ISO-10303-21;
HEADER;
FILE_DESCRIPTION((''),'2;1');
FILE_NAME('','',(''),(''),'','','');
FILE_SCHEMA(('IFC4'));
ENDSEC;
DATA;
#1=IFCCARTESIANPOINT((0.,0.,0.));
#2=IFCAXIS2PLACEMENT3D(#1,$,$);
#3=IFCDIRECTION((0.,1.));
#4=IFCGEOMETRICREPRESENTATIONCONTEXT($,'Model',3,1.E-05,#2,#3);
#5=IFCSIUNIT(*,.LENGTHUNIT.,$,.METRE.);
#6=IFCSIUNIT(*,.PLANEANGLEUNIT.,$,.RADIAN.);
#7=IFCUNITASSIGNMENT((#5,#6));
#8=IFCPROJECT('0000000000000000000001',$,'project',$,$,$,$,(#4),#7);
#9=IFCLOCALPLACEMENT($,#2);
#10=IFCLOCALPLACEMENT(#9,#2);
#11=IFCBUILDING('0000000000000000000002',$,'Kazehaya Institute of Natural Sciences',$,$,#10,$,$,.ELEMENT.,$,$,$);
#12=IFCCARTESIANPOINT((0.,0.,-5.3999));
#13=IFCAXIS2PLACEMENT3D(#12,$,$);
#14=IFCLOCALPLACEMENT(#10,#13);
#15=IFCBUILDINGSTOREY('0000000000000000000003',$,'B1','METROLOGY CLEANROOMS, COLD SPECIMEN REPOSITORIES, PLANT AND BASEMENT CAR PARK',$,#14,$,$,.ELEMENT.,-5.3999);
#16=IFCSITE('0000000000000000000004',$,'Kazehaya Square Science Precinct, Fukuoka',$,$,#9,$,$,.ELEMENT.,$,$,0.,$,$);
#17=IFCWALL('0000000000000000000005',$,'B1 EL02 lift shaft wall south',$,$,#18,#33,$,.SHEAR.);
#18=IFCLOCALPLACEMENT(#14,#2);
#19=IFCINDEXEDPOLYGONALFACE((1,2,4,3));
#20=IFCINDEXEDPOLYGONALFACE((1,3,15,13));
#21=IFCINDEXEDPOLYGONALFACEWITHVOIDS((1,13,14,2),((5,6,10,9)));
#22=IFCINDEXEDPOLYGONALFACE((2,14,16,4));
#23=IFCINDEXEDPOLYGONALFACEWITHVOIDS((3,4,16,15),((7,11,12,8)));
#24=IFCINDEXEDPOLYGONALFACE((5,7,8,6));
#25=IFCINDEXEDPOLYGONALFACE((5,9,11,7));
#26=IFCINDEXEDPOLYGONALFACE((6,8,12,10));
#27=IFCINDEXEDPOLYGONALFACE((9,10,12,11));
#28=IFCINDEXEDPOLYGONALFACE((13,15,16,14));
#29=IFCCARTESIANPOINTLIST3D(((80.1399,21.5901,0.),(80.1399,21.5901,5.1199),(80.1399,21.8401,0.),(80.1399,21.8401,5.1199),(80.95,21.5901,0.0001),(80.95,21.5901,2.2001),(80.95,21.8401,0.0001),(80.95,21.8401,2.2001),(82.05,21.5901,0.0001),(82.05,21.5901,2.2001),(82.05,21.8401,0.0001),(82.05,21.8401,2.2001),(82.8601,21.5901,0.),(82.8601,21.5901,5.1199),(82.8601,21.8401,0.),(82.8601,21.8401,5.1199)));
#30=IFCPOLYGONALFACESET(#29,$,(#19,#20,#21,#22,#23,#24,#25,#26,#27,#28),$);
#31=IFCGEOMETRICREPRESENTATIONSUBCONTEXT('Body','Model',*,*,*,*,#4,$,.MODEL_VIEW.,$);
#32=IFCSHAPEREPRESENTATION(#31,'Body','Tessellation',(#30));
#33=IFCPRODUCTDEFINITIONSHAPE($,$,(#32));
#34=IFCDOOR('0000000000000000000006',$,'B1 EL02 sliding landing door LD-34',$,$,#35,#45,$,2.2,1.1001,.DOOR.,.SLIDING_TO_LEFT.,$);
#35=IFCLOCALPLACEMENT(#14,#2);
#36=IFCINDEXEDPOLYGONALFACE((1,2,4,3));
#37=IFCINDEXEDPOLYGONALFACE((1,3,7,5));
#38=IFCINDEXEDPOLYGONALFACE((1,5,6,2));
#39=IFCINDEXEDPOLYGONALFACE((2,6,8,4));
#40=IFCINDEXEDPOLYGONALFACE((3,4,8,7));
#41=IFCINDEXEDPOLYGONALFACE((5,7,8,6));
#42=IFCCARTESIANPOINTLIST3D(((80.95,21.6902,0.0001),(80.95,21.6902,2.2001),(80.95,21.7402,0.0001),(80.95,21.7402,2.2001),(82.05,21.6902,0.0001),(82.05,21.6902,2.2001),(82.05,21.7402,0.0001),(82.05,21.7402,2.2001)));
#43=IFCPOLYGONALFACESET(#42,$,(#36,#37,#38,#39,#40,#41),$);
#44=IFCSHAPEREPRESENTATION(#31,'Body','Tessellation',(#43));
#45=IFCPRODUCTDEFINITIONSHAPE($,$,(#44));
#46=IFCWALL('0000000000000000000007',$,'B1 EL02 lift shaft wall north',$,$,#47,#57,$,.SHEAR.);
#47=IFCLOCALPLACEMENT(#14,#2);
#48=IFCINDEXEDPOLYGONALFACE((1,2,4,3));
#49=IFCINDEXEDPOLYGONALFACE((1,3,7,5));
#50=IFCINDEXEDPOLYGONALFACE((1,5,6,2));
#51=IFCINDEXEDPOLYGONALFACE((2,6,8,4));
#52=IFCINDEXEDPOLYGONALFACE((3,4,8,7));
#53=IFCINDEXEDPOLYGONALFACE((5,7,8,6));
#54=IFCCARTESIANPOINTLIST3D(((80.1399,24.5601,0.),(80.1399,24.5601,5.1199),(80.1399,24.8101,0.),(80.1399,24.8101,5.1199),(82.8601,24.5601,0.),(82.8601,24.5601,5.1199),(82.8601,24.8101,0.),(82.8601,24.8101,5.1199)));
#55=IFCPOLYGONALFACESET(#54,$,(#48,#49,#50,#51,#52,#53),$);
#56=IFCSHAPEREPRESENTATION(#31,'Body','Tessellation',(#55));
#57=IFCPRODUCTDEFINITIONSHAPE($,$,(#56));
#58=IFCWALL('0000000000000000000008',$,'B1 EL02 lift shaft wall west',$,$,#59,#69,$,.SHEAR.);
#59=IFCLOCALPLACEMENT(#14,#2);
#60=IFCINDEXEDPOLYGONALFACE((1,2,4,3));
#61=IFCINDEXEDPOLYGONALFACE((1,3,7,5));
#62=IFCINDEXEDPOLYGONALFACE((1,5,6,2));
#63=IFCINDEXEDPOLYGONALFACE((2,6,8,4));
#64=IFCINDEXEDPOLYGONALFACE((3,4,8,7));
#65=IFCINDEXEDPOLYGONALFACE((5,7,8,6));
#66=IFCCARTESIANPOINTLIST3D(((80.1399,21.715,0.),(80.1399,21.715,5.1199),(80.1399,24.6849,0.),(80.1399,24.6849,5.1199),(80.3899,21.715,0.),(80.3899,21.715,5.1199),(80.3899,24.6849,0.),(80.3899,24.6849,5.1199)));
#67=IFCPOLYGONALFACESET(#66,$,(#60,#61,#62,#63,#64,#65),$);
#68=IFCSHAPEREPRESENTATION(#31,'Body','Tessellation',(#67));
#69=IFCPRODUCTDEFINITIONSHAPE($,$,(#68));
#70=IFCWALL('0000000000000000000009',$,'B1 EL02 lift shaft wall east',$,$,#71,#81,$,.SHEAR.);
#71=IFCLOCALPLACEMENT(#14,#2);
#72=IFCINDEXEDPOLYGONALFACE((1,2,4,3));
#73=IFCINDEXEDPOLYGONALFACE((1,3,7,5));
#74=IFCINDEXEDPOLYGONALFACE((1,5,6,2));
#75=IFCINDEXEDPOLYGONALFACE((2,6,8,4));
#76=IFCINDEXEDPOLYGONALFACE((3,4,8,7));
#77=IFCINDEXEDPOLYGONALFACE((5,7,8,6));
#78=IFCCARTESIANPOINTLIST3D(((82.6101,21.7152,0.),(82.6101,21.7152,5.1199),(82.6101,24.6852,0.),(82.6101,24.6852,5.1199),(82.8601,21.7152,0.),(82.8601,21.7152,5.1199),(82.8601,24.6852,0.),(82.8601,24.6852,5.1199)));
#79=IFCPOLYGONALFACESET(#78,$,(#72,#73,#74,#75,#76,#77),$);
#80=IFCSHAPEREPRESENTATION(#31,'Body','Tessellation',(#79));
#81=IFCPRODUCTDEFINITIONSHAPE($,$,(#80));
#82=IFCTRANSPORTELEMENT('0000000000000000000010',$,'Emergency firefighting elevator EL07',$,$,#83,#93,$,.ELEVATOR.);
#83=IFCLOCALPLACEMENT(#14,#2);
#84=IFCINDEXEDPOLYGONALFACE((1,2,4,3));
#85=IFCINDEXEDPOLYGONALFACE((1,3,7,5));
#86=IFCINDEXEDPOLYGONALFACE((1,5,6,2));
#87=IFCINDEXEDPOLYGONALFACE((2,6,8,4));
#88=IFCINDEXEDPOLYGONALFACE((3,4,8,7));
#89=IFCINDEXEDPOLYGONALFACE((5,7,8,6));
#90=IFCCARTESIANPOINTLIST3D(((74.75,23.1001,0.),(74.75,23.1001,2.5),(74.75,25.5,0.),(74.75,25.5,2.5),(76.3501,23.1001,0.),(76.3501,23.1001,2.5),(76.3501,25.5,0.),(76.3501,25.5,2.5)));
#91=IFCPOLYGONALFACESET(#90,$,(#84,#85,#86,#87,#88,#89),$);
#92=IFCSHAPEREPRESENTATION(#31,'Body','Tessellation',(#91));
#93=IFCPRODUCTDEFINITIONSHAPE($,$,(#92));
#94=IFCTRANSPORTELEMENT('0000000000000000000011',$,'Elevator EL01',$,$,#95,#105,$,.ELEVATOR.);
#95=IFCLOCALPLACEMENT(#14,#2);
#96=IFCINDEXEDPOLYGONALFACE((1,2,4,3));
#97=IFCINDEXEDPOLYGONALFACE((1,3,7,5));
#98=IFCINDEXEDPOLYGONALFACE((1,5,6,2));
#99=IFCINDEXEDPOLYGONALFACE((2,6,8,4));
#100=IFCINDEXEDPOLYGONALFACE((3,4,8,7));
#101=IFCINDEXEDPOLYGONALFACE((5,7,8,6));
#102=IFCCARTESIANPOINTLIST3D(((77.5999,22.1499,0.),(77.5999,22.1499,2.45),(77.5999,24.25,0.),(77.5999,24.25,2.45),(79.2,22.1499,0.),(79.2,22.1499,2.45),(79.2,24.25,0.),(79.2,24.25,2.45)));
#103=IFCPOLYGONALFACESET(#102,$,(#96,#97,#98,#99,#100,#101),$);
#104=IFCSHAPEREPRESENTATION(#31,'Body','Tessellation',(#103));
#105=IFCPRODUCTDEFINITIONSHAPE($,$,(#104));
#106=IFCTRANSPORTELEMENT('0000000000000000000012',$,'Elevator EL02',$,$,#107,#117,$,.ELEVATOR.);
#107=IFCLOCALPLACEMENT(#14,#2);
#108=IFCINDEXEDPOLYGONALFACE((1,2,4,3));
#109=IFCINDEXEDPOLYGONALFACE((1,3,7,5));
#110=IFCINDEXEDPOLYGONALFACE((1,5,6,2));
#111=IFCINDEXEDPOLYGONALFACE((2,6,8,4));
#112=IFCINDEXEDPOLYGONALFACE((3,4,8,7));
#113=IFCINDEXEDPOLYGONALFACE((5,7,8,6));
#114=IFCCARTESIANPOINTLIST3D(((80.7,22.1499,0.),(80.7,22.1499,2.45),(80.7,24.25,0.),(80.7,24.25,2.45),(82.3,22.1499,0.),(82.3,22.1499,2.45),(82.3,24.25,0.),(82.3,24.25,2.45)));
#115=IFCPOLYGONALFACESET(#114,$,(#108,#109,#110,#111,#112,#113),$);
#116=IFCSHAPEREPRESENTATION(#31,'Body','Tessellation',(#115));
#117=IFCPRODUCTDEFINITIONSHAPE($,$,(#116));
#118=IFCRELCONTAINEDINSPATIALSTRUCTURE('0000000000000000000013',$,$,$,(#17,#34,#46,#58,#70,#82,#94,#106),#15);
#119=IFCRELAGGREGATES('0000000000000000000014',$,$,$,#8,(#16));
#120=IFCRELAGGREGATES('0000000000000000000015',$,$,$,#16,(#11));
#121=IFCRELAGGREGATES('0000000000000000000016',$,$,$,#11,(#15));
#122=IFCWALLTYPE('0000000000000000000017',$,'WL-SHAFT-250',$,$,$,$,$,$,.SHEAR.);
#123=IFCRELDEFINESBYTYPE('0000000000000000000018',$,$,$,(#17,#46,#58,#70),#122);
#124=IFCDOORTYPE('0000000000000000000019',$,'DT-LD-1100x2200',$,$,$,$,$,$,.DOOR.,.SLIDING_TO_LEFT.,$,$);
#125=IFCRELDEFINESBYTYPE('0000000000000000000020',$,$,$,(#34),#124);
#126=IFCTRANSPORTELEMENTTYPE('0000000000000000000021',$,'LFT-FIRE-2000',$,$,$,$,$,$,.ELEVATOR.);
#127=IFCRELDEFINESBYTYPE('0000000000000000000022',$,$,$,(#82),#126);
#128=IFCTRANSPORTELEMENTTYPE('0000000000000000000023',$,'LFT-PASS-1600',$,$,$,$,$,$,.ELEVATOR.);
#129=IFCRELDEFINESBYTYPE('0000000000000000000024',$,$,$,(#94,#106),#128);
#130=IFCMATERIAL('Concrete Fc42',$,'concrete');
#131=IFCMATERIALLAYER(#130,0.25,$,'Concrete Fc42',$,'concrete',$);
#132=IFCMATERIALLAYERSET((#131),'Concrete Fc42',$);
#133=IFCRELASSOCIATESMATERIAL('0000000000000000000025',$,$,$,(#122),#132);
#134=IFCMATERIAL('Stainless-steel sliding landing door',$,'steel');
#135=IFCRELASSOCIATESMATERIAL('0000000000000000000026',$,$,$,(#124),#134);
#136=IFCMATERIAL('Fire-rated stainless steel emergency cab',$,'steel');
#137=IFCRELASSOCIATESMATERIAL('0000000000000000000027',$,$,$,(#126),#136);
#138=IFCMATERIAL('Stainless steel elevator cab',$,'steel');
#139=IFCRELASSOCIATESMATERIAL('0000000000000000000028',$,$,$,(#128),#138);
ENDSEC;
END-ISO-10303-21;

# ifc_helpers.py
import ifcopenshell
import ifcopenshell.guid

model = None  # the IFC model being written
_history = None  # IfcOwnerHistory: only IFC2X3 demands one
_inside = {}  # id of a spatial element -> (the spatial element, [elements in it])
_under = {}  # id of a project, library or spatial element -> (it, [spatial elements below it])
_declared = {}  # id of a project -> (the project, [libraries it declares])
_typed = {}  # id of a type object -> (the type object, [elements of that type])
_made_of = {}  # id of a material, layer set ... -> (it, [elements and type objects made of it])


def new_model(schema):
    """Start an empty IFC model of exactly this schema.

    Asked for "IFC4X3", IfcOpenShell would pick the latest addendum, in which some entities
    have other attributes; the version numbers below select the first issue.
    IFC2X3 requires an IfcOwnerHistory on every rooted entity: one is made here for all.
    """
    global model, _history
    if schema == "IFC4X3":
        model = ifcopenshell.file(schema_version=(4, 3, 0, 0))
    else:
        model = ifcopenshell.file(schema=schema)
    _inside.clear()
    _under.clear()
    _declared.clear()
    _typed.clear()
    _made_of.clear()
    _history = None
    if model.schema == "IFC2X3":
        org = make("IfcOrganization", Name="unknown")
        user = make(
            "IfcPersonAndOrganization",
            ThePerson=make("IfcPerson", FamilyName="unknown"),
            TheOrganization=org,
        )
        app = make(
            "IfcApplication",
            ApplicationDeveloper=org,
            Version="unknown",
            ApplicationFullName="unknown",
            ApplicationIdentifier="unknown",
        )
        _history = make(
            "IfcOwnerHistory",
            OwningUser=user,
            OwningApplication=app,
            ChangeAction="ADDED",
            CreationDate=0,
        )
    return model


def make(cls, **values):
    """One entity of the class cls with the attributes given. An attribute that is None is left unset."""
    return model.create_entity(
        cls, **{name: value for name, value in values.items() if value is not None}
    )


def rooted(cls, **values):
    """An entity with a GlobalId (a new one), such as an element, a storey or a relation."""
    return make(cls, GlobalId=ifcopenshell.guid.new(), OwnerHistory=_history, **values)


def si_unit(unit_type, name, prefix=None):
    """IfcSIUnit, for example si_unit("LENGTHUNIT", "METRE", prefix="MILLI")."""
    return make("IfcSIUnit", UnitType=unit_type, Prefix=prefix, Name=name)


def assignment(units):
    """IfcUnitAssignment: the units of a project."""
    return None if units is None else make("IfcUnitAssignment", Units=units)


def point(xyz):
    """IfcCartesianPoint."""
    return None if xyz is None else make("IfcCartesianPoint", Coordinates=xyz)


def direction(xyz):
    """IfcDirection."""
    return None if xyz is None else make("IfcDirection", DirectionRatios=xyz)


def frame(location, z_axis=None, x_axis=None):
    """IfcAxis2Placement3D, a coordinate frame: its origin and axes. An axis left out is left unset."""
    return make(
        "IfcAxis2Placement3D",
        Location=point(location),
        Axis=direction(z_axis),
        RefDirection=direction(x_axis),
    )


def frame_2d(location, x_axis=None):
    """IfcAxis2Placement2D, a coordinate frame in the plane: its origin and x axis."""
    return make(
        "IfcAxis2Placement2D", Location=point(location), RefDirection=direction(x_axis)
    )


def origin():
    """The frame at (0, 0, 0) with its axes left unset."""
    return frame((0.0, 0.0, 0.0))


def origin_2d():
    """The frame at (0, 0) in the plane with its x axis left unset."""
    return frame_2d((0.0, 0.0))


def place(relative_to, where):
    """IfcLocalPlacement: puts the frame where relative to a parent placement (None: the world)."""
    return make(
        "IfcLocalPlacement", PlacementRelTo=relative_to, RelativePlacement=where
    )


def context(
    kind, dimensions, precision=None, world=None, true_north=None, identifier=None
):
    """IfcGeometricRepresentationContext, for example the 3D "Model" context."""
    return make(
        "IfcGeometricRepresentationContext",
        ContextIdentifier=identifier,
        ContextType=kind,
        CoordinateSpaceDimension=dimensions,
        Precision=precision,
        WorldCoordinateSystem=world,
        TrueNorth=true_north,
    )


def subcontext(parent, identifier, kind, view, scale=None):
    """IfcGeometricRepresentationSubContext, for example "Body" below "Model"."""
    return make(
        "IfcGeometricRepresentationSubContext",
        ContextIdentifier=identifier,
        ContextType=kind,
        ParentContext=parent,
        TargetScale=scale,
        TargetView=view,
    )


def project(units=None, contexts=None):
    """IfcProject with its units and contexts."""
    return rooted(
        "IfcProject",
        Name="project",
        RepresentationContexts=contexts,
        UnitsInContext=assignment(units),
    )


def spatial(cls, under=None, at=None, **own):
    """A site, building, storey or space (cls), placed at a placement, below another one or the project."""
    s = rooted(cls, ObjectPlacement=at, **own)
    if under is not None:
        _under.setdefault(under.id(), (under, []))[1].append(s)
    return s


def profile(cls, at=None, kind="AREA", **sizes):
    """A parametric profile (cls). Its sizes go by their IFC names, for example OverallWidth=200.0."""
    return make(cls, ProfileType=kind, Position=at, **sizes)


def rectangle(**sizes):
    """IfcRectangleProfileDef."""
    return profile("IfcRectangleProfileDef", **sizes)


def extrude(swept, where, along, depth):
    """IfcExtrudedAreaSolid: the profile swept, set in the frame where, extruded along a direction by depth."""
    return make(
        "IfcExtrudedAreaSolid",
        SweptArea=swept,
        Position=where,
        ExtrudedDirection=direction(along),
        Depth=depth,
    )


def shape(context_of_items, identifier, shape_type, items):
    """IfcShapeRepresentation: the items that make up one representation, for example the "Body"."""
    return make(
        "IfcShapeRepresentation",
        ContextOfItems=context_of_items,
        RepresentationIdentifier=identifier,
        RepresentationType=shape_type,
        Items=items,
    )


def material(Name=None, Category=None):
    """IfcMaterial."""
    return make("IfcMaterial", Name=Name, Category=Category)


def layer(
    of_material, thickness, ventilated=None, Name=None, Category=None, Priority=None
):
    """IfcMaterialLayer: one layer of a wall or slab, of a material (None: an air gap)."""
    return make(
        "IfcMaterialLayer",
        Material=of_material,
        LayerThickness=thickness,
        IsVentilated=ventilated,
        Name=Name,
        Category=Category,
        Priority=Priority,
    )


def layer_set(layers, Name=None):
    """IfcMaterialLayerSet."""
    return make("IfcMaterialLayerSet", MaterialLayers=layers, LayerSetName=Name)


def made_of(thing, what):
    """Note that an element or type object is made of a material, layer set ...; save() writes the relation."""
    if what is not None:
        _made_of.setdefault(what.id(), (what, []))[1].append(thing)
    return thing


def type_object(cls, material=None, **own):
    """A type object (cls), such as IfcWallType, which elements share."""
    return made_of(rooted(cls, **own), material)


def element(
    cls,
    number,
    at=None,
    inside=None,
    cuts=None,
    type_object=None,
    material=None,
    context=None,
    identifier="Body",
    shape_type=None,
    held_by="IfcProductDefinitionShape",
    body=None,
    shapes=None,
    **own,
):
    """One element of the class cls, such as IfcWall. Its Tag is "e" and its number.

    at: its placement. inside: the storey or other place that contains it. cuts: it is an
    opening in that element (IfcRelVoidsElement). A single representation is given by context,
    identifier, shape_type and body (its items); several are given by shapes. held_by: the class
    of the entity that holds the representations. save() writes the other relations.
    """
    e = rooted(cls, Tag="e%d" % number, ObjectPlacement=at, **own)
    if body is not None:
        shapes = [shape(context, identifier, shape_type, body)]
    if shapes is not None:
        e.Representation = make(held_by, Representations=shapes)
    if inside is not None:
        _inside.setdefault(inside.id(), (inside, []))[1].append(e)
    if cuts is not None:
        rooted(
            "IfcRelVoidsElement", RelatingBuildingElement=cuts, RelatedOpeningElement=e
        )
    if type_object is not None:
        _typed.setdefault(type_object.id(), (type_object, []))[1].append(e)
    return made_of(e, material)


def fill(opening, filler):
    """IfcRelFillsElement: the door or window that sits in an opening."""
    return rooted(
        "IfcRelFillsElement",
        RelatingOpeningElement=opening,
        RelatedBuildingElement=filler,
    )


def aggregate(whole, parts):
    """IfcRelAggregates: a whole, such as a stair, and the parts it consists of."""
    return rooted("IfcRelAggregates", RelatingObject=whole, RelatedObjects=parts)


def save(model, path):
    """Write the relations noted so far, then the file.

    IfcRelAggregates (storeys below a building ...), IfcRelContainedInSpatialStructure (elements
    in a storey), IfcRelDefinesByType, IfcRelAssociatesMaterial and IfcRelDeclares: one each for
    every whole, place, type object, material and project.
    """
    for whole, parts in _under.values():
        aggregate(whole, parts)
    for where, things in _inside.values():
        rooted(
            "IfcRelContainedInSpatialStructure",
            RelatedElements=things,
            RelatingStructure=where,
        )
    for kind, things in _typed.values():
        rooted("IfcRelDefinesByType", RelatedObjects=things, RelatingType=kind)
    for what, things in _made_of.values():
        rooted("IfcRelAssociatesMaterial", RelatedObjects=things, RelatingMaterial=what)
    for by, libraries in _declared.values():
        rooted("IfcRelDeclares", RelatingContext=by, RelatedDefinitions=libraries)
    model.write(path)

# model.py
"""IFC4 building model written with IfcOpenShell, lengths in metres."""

from ifc_helpers import new_model, si_unit, direction, frame, frame_2d, origin, origin_2d, place, context, subcontext, project, spatial, rectangle, extrude, material, layer, layer_set, type_object, element, fill, save


model = new_model("IFC4")

# Units and contexts
model_context = context("Model", 3, precision=1e-05, world=origin(), true_north=direction((0.0, 1.0)))
body_context = subcontext(model_context, "Body", "Model", "MODEL_VIEW")
ifc_project = project(units=[si_unit("LENGTHUNIT", "METRE"), si_unit("PLANEANGLEUNIT", "RADIAN")], contexts=[model_context])

# Site, building, storey
site_placement = place(None, origin())
site = spatial("IfcSite", under=ifc_project, at=site_placement, Name="Kazehaya Square Science Precinct, Fukuoka", CompositionType="ELEMENT", RefElevation=0.0)
building_placement = place(site_placement, origin())
building = spatial("IfcBuilding", under=site, at=building_placement, Name="Kazehaya Institute of Natural Sciences", CompositionType="ELEMENT")
storey_placement = place(building_placement, frame((0.0, 0.0, -5.3999)))
storey = spatial("IfcBuildingStorey", under=building, at=storey_placement, Name="B1", Description="METROLOGY CLEANROOMS, COLD SPECIMEN REPOSITORIES, PLANT AND BASEMENT CAR PARK", CompositionType="ELEMENT", Elevation=-5.3999)

# Shared definitions
ifc_material_1 = material(Name="Concrete Fc42", Category="concrete")

# Shared definitions
ifc_layer = layer(ifc_material_1, 0.25, Name="Concrete Fc42", Category="concrete")
ifc_layer_set = layer_set([ifc_layer], Name="Concrete Fc42")
wall_type = type_object("IfcWallType", Name="WL-SHAFT-250", PredefinedType="SHEAR", material=ifc_layer_set)

# Shared definitions
ifc_material_2 = material(Name="Stainless-steel sliding landing door", Category="steel")
door_type_1 = type_object("IfcDoorType", Name="DT-LD-1100x2200", OperationType="SLIDING_TO_LEFT", PredefinedType="DOOR", material=ifc_material_2)

# Wall, opening, door
wall_1_placement = place(storey_placement, frame((82.8601, 21.7151, 0.0), z_axis=(0.0, 0.0, 1.0), x_axis=(-1.0, 0.0, 0.0)))
wall_1 = element("IfcWall", 1, at=wall_1_placement, inside=storey, type_object=wall_type, Name="B1 EL02 lift shaft wall south", PredefinedType="SHEAR", context=body_context, shape_type="SweptSolid", body=[
    extrude(rectangle(XDim=2.7202, YDim=0.25, at=frame_2d((1.3601, 0.0))), origin(), (0.0, 0.0, 1.0), 5.1199),
])
opening_1_placement = place(wall_1_placement, frame((0.8101, 0.0, 0.0)))
opening_1 = element("IfcOpeningElement", 2, at=opening_1_placement, cuts=wall_1, PredefinedType="OPENING", context=body_context, shape_type="SweptSolid", body=[
    extrude(rectangle(XDim=1.1001, YDim=2.2, at=frame_2d((0.55, 1.1001))), frame((0.0, 0.135, 0.0), z_axis=(0.0, -1.0, 0.0), x_axis=(1.0, 0.0, 0.0)), (0.0, 0.0, 1.0), 0.27),
])
door_1_placement = place(opening_1_placement, origin())
door_1 = element("IfcDoor", 3, at=door_1_placement, inside=storey, type_object=door_type_1, Name="B1 EL02 sliding landing door LD-34", OperationType="SLIDING_TO_LEFT", OverallHeight=2.2, OverallWidth=1.1001, PredefinedType="DOOR", context=body_context, shape_type="SweptSolid", body=[
    extrude(rectangle(XDim=1.1001, YDim=2.2, at=frame_2d((0.55, 1.1001))), frame((0.0, 0.0249, 0.0), z_axis=(0.0, -1.0, 0.0), x_axis=(1.0, 0.0, 0.0)), (0.0, 0.0, 1.0), 0.05),
])
fill(opening_1, door_1)

# Walls
wall_2_placement = place(storey_placement, frame((80.1399, 24.6851, 0.0), z_axis=(0.0, 0.0, 1.0), x_axis=(1.0, 0.0, 0.0)))
element("IfcWall", 4, at=wall_2_placement, inside=storey, type_object=wall_type, Name="B1 EL02 lift shaft wall north", PredefinedType="SHEAR", context=body_context, shape_type="SweptSolid", body=[
    extrude(rectangle(XDim=2.7202, YDim=0.25, at=frame_2d((1.3601, 0.0))), origin(), (0.0, 0.0, 1.0), 5.1199),
])
for number, where, z_axis, x_axis, name in (
    (5, (80.2649, 21.7151, 0.0), (0.0, 0.0, 1.0), (0.0, 1.0, 0.0), "B1 EL02 lift shaft wall west"),
    (6, (82.7351, 24.6851, 0.0), (0.0, 0.0, 1.0), (0.0, -1.0, 0.0), "B1 EL02 lift shaft wall east"),
):
    element("IfcWall", number, at=place(storey_placement, frame(where, z_axis=z_axis, x_axis=x_axis)), inside=storey, type_object=wall_type, Name=name, PredefinedType="SHEAR", context=body_context, shape_type="SweptSolid", body=[
        extrude(rectangle(XDim=2.97, YDim=0.25, at=frame_2d((1.4849, 0.0))), origin(), (0.0, 0.0, 1.0), 5.1199),
    ])

# Transport elements
ifc_material_3 = material(Name="Fire-rated stainless steel emergency cab", Category="steel")
transport_element_type_1 = type_object("IfcTransportElementType", Name="LFT-FIRE-2000", PredefinedType="ELEVATOR", material=ifc_material_3)
transport_element_placement = place(storey_placement, frame((75.55, 24.3, 0.0), z_axis=(0.0, 0.0, 1.0), x_axis=(1.0, 0.0, 0.0)))
element("IfcTransportElement", 7, at=transport_element_placement, inside=storey, type_object=transport_element_type_1, Name="Emergency firefighting elevator EL07", PredefinedType="ELEVATOR", context=body_context, shape_type="SweptSolid", body=[
    extrude(rectangle(XDim=1.6001, YDim=2.3999, at=origin_2d()), origin(), (0.0, 0.0, 1.0), 2.5),
])
ifc_material_4 = material(Name="Stainless steel elevator cab", Category="steel")
transport_element_type_2 = type_object("IfcTransportElementType", Name="LFT-PASS-1600", PredefinedType="ELEVATOR", material=ifc_material_4)
for number, where, z_axis, x_axis, name in (
    (8, (78.3999, 23.2, 0.0), (0.0, 0.0, 1.0), (1.0, 0.0, 0.0), "Elevator EL01"),
    (9, (81.5, 23.2, 0.0), (0.0, 0.0, 1.0), (1.0, 0.0, 0.0), "Elevator EL02"),
):
    element("IfcTransportElement", number, at=place(storey_placement, frame(where, z_axis=z_axis, x_axis=x_axis)), inside=storey, type_object=transport_element_type_2, Name=name, PredefinedType="ELEVATOR", context=body_context, shape_type="SweptSolid", body=[
        extrude(rectangle(XDim=1.6001, YDim=2.1001, at=origin_2d()), origin(), (0.0, 0.0, 1.0), 2.45),
    ])

save(model, "model.ifc")
